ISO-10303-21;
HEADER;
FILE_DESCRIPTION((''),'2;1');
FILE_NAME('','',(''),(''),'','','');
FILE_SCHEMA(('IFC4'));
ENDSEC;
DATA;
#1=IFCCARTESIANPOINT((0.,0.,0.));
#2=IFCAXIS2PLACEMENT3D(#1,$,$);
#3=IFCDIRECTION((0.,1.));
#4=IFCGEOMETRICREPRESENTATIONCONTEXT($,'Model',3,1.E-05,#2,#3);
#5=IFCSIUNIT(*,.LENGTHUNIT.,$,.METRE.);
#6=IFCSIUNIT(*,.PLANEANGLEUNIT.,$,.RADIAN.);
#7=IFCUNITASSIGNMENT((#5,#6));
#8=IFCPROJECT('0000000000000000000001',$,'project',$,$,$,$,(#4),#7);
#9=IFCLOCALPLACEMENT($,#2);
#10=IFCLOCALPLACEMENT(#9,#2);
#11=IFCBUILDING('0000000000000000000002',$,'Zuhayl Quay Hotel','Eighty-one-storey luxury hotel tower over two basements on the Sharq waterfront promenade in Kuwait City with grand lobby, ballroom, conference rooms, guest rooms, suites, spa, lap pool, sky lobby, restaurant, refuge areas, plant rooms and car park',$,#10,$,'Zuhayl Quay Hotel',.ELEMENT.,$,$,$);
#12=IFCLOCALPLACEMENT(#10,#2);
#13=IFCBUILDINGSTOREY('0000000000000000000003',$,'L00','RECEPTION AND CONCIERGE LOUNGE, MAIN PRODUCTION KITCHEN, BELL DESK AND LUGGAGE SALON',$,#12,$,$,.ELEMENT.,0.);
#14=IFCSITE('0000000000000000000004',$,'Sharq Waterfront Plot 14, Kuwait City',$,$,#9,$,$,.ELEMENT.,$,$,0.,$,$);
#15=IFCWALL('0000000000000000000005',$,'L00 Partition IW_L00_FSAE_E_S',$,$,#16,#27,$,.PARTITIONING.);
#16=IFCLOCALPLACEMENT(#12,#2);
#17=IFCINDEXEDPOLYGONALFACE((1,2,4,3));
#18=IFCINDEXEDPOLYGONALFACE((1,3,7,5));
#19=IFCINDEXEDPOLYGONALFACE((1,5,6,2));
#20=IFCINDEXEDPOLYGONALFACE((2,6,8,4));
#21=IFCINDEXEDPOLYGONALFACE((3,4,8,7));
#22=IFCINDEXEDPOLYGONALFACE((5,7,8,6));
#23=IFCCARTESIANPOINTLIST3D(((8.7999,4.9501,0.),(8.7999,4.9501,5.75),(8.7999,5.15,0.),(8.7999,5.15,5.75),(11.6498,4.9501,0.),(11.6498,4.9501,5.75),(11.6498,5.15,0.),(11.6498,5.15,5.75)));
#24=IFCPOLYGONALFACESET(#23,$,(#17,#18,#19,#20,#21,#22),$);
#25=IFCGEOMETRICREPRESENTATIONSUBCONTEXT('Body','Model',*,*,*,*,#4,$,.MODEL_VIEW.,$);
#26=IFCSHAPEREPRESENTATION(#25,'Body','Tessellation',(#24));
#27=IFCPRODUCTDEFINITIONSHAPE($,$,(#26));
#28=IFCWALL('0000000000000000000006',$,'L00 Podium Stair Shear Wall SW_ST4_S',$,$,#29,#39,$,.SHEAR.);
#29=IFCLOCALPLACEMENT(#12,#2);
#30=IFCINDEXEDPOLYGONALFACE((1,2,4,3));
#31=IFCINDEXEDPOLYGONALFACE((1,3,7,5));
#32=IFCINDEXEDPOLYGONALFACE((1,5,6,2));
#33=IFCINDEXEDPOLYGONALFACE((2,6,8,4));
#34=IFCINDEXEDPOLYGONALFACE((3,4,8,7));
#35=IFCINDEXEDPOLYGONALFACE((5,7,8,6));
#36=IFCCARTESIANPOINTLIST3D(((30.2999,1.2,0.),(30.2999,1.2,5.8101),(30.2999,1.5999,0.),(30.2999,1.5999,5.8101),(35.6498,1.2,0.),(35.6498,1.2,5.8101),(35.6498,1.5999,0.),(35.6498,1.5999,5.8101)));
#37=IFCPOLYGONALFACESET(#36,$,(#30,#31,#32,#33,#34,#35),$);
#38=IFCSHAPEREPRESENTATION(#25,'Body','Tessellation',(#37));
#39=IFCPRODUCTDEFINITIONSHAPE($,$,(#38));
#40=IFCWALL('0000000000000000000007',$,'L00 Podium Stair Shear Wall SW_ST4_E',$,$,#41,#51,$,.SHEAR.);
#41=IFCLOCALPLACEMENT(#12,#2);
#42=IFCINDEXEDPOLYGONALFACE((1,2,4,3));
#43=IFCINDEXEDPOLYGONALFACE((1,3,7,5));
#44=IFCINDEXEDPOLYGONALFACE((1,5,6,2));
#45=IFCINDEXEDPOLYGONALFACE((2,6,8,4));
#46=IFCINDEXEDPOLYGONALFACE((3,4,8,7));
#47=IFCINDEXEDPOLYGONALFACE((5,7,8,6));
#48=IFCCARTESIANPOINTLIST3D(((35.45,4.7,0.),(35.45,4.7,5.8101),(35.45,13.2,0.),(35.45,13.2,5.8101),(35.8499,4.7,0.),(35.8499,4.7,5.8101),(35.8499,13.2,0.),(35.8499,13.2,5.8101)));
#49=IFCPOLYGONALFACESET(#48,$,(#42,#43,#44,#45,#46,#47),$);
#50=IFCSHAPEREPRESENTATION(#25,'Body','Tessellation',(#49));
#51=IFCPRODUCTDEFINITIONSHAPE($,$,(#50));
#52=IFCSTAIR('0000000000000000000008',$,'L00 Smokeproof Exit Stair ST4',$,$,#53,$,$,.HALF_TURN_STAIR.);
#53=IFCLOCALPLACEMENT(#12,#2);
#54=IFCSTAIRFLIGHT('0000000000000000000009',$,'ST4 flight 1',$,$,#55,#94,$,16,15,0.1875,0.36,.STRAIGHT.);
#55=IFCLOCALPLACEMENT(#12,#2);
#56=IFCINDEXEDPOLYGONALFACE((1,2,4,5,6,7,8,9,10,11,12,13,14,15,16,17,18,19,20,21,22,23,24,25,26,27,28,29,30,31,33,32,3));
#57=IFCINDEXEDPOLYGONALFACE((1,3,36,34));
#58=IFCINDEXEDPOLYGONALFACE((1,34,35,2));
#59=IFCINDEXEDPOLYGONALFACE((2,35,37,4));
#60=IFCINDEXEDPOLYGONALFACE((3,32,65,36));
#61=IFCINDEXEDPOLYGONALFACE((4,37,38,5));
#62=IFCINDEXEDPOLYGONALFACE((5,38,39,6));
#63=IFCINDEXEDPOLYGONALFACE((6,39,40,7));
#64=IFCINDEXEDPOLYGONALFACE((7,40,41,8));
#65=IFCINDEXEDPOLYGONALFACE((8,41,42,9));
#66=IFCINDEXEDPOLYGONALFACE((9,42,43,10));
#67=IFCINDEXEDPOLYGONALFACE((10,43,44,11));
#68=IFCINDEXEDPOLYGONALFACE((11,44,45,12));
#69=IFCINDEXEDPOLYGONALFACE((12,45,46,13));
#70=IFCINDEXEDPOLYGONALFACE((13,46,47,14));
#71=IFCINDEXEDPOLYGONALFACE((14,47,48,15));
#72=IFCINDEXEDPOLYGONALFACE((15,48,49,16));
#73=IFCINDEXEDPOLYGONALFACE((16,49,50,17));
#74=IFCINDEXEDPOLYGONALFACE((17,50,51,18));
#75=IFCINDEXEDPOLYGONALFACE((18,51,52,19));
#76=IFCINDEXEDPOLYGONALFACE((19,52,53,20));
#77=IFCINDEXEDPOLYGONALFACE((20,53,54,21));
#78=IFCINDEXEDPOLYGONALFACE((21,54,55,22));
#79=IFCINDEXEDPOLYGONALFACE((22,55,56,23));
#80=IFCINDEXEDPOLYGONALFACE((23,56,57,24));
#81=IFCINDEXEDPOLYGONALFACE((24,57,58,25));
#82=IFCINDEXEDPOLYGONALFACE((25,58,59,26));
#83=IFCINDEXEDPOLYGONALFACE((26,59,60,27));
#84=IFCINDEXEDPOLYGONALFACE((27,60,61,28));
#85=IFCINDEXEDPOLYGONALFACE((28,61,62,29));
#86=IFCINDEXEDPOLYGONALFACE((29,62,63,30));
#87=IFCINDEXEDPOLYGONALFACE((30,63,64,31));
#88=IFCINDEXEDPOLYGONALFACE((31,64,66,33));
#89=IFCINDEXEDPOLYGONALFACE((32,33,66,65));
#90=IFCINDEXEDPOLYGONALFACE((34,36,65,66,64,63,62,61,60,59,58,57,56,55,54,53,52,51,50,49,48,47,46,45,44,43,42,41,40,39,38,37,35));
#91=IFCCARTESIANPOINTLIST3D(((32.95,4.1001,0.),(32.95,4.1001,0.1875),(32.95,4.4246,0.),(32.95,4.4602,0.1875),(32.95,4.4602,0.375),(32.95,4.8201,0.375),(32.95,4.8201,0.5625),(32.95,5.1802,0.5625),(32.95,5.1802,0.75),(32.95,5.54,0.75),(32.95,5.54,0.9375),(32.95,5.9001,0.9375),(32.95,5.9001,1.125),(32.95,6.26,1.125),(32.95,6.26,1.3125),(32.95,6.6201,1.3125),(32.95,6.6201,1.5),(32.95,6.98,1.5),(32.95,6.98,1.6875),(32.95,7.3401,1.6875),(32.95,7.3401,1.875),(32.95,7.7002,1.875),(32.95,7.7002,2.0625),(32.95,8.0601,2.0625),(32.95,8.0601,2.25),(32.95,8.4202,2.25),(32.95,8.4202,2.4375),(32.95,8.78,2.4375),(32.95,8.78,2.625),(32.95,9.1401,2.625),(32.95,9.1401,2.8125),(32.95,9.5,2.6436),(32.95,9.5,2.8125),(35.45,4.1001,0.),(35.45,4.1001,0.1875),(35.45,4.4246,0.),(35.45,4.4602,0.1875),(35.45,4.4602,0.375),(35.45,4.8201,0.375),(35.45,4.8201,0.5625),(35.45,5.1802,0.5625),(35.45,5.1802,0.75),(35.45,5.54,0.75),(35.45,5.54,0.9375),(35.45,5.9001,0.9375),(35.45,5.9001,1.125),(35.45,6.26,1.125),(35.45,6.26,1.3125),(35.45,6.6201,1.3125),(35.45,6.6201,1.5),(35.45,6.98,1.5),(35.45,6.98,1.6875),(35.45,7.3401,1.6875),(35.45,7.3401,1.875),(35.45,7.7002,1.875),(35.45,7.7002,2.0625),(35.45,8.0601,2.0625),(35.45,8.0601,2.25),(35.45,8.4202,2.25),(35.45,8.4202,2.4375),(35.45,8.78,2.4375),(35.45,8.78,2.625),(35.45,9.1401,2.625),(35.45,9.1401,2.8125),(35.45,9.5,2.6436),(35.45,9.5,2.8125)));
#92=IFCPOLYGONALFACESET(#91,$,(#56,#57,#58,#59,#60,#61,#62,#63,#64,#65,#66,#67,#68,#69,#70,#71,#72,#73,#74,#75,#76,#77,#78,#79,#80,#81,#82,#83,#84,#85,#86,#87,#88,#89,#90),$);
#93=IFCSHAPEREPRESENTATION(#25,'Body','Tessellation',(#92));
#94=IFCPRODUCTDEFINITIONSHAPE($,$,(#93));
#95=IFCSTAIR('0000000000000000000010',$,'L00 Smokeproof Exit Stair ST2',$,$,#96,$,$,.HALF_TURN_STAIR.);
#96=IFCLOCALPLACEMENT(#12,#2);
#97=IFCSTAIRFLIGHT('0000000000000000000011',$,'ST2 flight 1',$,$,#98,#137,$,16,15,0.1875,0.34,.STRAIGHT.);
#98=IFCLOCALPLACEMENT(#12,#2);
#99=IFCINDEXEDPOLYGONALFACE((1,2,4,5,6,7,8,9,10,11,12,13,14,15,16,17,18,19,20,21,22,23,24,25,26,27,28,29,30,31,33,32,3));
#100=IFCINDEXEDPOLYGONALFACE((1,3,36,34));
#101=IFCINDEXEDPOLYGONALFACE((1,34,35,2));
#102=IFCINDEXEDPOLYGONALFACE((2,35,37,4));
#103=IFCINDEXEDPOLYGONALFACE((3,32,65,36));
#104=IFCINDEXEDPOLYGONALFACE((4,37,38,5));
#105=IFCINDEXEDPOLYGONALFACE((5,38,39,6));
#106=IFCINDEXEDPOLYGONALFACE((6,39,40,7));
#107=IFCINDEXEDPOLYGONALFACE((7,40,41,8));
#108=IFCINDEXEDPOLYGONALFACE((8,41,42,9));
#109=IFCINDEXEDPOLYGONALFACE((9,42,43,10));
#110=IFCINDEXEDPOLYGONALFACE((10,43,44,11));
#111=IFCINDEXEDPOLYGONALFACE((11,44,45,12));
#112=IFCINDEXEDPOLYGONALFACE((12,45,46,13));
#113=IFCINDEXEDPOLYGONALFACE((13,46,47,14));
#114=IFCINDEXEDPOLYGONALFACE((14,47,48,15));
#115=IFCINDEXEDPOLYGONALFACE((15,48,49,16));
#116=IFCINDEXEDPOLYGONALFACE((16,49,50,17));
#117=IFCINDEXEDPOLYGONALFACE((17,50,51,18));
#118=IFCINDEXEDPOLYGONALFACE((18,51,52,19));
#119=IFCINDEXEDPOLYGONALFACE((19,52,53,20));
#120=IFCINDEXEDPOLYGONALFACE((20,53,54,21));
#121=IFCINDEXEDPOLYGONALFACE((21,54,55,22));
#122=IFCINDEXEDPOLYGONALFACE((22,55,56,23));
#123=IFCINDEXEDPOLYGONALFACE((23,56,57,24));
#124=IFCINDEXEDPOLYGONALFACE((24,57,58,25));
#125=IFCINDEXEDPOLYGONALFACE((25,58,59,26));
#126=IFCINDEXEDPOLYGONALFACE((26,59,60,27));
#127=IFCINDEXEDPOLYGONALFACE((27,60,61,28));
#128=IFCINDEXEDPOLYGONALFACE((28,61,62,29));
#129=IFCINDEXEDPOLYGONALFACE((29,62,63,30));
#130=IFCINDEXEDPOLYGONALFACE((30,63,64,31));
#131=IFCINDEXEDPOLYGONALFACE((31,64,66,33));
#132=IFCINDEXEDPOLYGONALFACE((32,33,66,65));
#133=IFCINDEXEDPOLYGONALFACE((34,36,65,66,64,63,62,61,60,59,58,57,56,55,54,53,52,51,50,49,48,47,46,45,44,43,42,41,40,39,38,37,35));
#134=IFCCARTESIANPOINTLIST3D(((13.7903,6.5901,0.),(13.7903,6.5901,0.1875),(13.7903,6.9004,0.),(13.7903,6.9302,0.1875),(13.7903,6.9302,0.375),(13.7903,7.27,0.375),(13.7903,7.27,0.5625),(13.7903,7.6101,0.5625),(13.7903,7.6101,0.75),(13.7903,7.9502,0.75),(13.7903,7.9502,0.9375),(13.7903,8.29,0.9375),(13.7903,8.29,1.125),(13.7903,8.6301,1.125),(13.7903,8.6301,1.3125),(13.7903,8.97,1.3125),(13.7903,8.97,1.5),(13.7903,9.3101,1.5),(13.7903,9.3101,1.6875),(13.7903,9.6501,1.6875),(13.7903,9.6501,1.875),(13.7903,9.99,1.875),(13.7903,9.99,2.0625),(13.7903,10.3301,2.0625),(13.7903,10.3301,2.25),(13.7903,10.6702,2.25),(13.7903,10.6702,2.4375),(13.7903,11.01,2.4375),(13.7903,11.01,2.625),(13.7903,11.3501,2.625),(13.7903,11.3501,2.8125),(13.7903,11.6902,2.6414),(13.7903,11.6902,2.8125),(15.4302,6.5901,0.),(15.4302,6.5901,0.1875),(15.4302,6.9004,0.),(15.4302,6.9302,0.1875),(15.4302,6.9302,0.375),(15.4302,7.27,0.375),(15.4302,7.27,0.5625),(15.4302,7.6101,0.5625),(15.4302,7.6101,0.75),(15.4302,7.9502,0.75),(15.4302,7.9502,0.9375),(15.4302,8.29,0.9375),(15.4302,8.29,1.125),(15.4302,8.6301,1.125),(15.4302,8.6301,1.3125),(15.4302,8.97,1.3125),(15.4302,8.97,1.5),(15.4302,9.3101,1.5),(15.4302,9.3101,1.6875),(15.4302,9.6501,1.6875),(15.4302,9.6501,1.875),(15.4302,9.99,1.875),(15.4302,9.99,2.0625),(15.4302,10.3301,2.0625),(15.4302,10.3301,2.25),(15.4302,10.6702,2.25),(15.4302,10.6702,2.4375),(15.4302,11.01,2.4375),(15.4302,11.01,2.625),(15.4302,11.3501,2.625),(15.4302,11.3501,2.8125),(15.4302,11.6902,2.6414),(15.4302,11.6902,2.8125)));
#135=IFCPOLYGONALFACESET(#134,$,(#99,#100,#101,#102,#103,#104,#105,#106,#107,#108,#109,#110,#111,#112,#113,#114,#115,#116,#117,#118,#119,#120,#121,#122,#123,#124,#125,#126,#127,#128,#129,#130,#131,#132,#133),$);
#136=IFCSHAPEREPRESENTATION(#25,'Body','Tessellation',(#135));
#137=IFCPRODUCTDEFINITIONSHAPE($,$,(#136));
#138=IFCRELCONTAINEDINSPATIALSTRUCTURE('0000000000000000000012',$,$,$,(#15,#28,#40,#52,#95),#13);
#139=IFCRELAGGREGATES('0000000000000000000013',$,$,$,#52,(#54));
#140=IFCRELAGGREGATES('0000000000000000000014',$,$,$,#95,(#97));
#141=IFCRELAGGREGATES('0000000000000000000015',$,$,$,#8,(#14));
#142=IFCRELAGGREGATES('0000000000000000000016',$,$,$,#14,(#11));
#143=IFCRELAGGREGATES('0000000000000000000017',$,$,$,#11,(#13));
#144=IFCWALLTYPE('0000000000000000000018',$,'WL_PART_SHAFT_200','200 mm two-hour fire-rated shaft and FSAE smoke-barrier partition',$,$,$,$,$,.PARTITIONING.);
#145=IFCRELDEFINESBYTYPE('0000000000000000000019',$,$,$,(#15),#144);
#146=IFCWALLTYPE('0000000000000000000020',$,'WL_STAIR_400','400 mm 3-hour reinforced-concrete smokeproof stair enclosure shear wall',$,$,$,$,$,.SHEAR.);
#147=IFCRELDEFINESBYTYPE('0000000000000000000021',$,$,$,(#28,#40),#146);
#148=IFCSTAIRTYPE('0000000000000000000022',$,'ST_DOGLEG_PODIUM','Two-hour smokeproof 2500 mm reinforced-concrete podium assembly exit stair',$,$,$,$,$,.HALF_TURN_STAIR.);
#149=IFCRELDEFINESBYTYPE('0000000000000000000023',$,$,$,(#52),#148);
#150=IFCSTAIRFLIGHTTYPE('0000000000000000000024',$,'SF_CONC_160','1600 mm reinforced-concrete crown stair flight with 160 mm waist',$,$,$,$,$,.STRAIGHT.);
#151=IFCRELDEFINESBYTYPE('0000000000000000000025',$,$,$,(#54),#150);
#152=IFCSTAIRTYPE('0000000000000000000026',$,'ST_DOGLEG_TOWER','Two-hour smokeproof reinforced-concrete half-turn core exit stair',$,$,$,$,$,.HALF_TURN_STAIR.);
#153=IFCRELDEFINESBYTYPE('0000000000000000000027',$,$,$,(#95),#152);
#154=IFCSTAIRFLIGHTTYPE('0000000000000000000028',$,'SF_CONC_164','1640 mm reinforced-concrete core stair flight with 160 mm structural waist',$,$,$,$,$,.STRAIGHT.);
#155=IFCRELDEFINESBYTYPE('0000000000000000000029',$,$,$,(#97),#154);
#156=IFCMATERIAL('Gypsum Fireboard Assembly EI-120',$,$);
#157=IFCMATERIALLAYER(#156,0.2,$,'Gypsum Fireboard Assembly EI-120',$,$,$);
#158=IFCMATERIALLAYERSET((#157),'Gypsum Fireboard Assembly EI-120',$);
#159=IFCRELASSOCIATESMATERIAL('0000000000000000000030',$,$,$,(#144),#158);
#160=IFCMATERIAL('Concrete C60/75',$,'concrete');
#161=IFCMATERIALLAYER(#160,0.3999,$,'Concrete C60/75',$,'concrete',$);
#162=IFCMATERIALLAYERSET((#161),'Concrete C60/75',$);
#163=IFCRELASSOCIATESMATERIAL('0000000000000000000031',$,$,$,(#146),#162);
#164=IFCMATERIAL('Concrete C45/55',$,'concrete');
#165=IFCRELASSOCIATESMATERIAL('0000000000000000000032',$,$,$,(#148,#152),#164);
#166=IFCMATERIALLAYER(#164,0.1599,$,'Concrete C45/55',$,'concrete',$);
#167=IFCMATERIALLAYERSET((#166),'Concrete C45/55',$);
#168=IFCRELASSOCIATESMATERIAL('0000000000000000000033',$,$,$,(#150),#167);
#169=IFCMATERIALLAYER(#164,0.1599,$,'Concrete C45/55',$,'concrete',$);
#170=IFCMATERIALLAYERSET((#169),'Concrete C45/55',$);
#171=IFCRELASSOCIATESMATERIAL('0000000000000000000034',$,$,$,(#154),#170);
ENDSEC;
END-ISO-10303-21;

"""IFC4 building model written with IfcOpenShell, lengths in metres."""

from ifc_helpers import new_model, si_unit, direction, frame, frame_2d, origin, place, context, subcontext, project, spatial, polyline, rectangle, outline, extrude, material, layer, layer_set, type_object, element, aggregate, save


model = new_model("IFC4")

# Units and contexts
model_context = context("Model", 3, precision=1e-05, world=origin(), true_north=direction((0.0, 1.0)))
body_context = subcontext(model_context, "Body", "Model", "MODEL_VIEW")
ifc_project = project(units=[si_unit("LENGTHUNIT", "METRE"), si_unit("PLANEANGLEUNIT", "RADIAN")], contexts=[model_context])

# Site, building, storey
site_placement = place(None, origin())
site = spatial("IfcSite", under=ifc_project, at=site_placement, Name="Sharq Waterfront Plot 14, Kuwait City", CompositionType="ELEMENT", RefElevation=0.0)
building_placement = place(site_placement, origin())
building = spatial("IfcBuilding", under=site, at=building_placement, Name="Zuhayl Quay Hotel", Description="Eighty-one-storey luxury hotel tower over two basements on the Sharq waterfront promenade in Kuwait City with grand lobby, ballroom, conference rooms, guest rooms, suites, spa, lap pool, sky lobby, restaurant, refuge areas, plant rooms and car park", LongName="Zuhayl Quay Hotel", CompositionType="ELEMENT")
storey_placement = place(building_placement, origin())
storey = spatial("IfcBuildingStorey", under=building, at=storey_placement, Name="L00", Description="RECEPTION AND CONCIERGE LOUNGE, MAIN PRODUCTION KITCHEN, BELL DESK AND LUGGAGE SALON", CompositionType="ELEMENT", Elevation=0.0)

# Shared definitions
ifc_material_1 = material(Name="Concrete C60/75", Category="concrete")

# Walls
ifc_material_2 = material(Name="Gypsum Fireboard Assembly EI-120")
ifc_layer_1 = layer(ifc_material_2, 0.2, Name="Gypsum Fireboard Assembly EI-120")
ifc_layer_set_1 = layer_set([ifc_layer_1], Name="Gypsum Fireboard Assembly EI-120")
wall_type_1 = type_object("IfcWallType", Name="WL_PART_SHAFT_200", Description="200 mm two-hour fire-rated shaft and FSAE smoke-barrier partition", PredefinedType="PARTITIONING", material=ifc_layer_set_1)
wall_1_placement = place(storey_placement, frame((8.8, 5.05, 0.0), z_axis=(0.0, 0.0, 1.0), x_axis=(1.0, 0.0, 0.0)))
element("IfcWall", 1, at=wall_1_placement, inside=storey, type_object=wall_type_1, Name="L00 Partition IW_L00_FSAE_E_S", PredefinedType="PARTITIONING", context=body_context, shape_type="SweptSolid", body=[
    extrude(rectangle(XDim=2.8499, YDim=0.2, at=frame_2d((1.4248, 0.0))), origin(), (0.0, 0.0, 1.0), 5.75),
])
ifc_layer_2 = layer(ifc_material_1, 0.3999, Name="Concrete C60/75", Category="concrete")
ifc_layer_set_2 = layer_set([ifc_layer_2], Name="Concrete C60/75")
wall_type_2 = type_object("IfcWallType", Name="WL_STAIR_400", Description="400 mm 3-hour reinforced-concrete smokeproof stair enclosure shear wall", PredefinedType="SHEAR", material=ifc_layer_set_2)
wall_2_placement = place(storey_placement, frame((30.3, 1.3999, 0.0), z_axis=(0.0, 0.0, 1.0), x_axis=(1.0, 0.0, 0.0)))
element("IfcWall", 2, at=wall_2_placement, inside=storey, type_object=wall_type_2, Name="L00 Podium Stair Shear Wall SW_ST4_S", PredefinedType="SHEAR", context=body_context, shape_type="SweptSolid", body=[
    extrude(rectangle(XDim=5.3499, YDim=0.3999, at=frame_2d((2.6748, 0.0))), origin(), (0.0, 0.0, 1.0), 5.8101),
])
wall_3_placement = place(storey_placement, frame((35.6499, 4.7, 0.0), z_axis=(0.0, 0.0, 1.0), x_axis=(0.0, 1.0, 0.0)))
element("IfcWall", 3, at=wall_3_placement, inside=storey, type_object=wall_type_2, Name="L00 Podium Stair Shear Wall SW_ST4_E", PredefinedType="SHEAR", context=body_context, shape_type="SweptSolid", body=[
    extrude(rectangle(XDim=8.5, YDim=0.3999, at=frame_2d((4.25, 0.0))), origin(), (0.0, 0.0, 1.0), 5.8101),
])

# Stairs, stair flights
ifc_material_3 = material(Name="Concrete C45/55", Category="concrete")
stair_type_1 = type_object("IfcStairType", Name="ST_DOGLEG_PODIUM", Description="Two-hour smokeproof 2500 mm reinforced-concrete podium assembly exit stair", PredefinedType="HALF_TURN_STAIR", material=ifc_material_3)
stair_1_placement = place(storey_placement, origin())
stair_1 = element("IfcStair", 4, at=stair_1_placement, inside=storey, type_object=stair_type_1, Name="L00 Smokeproof Exit Stair ST4", PredefinedType="HALF_TURN_STAIR")
ifc_layer_3 = layer(ifc_material_3, 0.1599, Name="Concrete C45/55", Category="concrete")
ifc_layer_set_3 = layer_set([ifc_layer_3], Name="Concrete C45/55")
stair_flight_type_1 = type_object("IfcStairFlightType", Name="SF_CONC_160", Description="1600 mm reinforced-concrete crown stair flight with 160 mm waist", PredefinedType="STRAIGHT", material=ifc_layer_set_3)
stair_flight_1_placement = place(storey_placement, frame((34.2, 4.1001, 0.0), z_axis=(0.0, 0.0, 1.0), x_axis=(0.0, 1.0, 0.0)))
stair_flight_1 = element("IfcStairFlight", 5, at=stair_flight_1_placement, type_object=stair_flight_type_1, Name="ST4 flight 1", NumberOfRisers=16, NumberOfTreads=15, PredefinedType="STRAIGHT", RiserHeight=0.1875, TreadLength=0.36, context=body_context, shape_type="SweptSolid", body=[
    extrude(outline(polyline([(0.0, 0.0), (0.0, 0.1875), (0.3601, 0.1875), (0.3601, 0.375), (0.72, 0.375), (0.72, 0.5625), (1.0801, 0.5625), (1.0801, 0.75), (1.4399, 0.75), (1.4399, 0.9375), (1.8, 0.9375), (1.8, 1.125), (2.1599, 1.125), (2.1599, 1.3125), (2.52, 1.3125), (2.52, 1.5), (2.8799, 1.5), (2.8799, 1.6875), (3.24, 1.6875), (3.24, 1.875), (3.6001, 1.875), (3.6001, 2.0625), (3.96, 2.0625), (3.96, 2.25), (4.3201, 2.25), (4.3201, 2.4375), (4.6799, 2.4375), (4.6799, 2.625), (5.04, 2.625), (5.04, 2.8125), (5.3999, 2.8125), (5.3999, 3.0), (5.3999, 2.6436), (0.3245, 0.0), (0.0, 0.0)])), frame((0.0, 1.25, 0.0), z_axis=(0.0, -1.0, 0.0), x_axis=(1.0, 0.0, 0.0)), (0.0, 0.0, 1.0), 2.5),
])
aggregate(stair_1, [stair_flight_1])
stair_type_2 = type_object("IfcStairType", Name="ST_DOGLEG_TOWER", Description="Two-hour smokeproof reinforced-concrete half-turn core exit stair", PredefinedType="HALF_TURN_STAIR", material=ifc_material_3)
stair_2_placement = place(storey_placement, origin())
stair_2 = element("IfcStair", 6, at=stair_2_placement, inside=storey, type_object=stair_type_2, Name="L00 Smokeproof Exit Stair ST2", PredefinedType="HALF_TURN_STAIR")
ifc_layer_4 = layer(ifc_material_3, 0.1599, Name="Concrete C45/55", Category="concrete")
ifc_layer_set_4 = layer_set([ifc_layer_4], Name="Concrete C45/55")
stair_flight_type_2 = type_object("IfcStairFlightType", Name="SF_CONC_164", Description="1640 mm reinforced-concrete core stair flight with 160 mm structural waist", PredefinedType="STRAIGHT", material=ifc_layer_set_4)
stair_flight_2_placement = place(storey_placement, frame((14.6101, 6.5901, 0.0), z_axis=(0.0, 0.0, 1.0), x_axis=(0.0, 1.0, 0.0)))
stair_flight_2 = element("IfcStairFlight", 7, at=stair_flight_2_placement, type_object=stair_flight_type_2, Name="ST2 flight 1", NumberOfRisers=16, NumberOfTreads=15, PredefinedType="STRAIGHT", RiserHeight=0.1875, TreadLength=0.34, context=body_context, shape_type="SweptSolid", body=[
    extrude(outline(polyline([(0.0, 0.0), (0.0, 0.1875), (0.3401, 0.1875), (0.3401, 0.375), (0.6799, 0.375), (0.6799, 0.5625), (1.02, 0.5625), (1.02, 0.75), (1.3601, 0.75), (1.3601, 0.9375), (1.7, 0.9375), (1.7, 1.125), (2.04, 1.125), (2.04, 1.3125), (2.3799, 1.3125), (2.3799, 1.5), (2.72, 1.5), (2.72, 1.6875), (3.0601, 1.6875), (3.0601, 1.875), (3.3999, 1.875), (3.3999, 2.0625), (3.74, 2.0625), (3.74, 2.25), (4.0801, 2.25), (4.0801, 2.4375), (4.4199, 2.4375), (4.4199, 2.625), (4.76, 2.625), (4.76, 2.8125), (5.1001, 2.8125), (5.1001, 3.0), (5.1001, 2.6414), (0.3103, 0.0), (0.0, 0.0)])), frame((0.0, 0.8198, 0.0), z_axis=(0.0, -1.0, 0.0), x_axis=(1.0, 0.0, 0.0)), (0.0, 0.0, 1.0), 1.6399),
])
aggregate(stair_2, [stair_flight_2])

save(model, "model.ifc")
